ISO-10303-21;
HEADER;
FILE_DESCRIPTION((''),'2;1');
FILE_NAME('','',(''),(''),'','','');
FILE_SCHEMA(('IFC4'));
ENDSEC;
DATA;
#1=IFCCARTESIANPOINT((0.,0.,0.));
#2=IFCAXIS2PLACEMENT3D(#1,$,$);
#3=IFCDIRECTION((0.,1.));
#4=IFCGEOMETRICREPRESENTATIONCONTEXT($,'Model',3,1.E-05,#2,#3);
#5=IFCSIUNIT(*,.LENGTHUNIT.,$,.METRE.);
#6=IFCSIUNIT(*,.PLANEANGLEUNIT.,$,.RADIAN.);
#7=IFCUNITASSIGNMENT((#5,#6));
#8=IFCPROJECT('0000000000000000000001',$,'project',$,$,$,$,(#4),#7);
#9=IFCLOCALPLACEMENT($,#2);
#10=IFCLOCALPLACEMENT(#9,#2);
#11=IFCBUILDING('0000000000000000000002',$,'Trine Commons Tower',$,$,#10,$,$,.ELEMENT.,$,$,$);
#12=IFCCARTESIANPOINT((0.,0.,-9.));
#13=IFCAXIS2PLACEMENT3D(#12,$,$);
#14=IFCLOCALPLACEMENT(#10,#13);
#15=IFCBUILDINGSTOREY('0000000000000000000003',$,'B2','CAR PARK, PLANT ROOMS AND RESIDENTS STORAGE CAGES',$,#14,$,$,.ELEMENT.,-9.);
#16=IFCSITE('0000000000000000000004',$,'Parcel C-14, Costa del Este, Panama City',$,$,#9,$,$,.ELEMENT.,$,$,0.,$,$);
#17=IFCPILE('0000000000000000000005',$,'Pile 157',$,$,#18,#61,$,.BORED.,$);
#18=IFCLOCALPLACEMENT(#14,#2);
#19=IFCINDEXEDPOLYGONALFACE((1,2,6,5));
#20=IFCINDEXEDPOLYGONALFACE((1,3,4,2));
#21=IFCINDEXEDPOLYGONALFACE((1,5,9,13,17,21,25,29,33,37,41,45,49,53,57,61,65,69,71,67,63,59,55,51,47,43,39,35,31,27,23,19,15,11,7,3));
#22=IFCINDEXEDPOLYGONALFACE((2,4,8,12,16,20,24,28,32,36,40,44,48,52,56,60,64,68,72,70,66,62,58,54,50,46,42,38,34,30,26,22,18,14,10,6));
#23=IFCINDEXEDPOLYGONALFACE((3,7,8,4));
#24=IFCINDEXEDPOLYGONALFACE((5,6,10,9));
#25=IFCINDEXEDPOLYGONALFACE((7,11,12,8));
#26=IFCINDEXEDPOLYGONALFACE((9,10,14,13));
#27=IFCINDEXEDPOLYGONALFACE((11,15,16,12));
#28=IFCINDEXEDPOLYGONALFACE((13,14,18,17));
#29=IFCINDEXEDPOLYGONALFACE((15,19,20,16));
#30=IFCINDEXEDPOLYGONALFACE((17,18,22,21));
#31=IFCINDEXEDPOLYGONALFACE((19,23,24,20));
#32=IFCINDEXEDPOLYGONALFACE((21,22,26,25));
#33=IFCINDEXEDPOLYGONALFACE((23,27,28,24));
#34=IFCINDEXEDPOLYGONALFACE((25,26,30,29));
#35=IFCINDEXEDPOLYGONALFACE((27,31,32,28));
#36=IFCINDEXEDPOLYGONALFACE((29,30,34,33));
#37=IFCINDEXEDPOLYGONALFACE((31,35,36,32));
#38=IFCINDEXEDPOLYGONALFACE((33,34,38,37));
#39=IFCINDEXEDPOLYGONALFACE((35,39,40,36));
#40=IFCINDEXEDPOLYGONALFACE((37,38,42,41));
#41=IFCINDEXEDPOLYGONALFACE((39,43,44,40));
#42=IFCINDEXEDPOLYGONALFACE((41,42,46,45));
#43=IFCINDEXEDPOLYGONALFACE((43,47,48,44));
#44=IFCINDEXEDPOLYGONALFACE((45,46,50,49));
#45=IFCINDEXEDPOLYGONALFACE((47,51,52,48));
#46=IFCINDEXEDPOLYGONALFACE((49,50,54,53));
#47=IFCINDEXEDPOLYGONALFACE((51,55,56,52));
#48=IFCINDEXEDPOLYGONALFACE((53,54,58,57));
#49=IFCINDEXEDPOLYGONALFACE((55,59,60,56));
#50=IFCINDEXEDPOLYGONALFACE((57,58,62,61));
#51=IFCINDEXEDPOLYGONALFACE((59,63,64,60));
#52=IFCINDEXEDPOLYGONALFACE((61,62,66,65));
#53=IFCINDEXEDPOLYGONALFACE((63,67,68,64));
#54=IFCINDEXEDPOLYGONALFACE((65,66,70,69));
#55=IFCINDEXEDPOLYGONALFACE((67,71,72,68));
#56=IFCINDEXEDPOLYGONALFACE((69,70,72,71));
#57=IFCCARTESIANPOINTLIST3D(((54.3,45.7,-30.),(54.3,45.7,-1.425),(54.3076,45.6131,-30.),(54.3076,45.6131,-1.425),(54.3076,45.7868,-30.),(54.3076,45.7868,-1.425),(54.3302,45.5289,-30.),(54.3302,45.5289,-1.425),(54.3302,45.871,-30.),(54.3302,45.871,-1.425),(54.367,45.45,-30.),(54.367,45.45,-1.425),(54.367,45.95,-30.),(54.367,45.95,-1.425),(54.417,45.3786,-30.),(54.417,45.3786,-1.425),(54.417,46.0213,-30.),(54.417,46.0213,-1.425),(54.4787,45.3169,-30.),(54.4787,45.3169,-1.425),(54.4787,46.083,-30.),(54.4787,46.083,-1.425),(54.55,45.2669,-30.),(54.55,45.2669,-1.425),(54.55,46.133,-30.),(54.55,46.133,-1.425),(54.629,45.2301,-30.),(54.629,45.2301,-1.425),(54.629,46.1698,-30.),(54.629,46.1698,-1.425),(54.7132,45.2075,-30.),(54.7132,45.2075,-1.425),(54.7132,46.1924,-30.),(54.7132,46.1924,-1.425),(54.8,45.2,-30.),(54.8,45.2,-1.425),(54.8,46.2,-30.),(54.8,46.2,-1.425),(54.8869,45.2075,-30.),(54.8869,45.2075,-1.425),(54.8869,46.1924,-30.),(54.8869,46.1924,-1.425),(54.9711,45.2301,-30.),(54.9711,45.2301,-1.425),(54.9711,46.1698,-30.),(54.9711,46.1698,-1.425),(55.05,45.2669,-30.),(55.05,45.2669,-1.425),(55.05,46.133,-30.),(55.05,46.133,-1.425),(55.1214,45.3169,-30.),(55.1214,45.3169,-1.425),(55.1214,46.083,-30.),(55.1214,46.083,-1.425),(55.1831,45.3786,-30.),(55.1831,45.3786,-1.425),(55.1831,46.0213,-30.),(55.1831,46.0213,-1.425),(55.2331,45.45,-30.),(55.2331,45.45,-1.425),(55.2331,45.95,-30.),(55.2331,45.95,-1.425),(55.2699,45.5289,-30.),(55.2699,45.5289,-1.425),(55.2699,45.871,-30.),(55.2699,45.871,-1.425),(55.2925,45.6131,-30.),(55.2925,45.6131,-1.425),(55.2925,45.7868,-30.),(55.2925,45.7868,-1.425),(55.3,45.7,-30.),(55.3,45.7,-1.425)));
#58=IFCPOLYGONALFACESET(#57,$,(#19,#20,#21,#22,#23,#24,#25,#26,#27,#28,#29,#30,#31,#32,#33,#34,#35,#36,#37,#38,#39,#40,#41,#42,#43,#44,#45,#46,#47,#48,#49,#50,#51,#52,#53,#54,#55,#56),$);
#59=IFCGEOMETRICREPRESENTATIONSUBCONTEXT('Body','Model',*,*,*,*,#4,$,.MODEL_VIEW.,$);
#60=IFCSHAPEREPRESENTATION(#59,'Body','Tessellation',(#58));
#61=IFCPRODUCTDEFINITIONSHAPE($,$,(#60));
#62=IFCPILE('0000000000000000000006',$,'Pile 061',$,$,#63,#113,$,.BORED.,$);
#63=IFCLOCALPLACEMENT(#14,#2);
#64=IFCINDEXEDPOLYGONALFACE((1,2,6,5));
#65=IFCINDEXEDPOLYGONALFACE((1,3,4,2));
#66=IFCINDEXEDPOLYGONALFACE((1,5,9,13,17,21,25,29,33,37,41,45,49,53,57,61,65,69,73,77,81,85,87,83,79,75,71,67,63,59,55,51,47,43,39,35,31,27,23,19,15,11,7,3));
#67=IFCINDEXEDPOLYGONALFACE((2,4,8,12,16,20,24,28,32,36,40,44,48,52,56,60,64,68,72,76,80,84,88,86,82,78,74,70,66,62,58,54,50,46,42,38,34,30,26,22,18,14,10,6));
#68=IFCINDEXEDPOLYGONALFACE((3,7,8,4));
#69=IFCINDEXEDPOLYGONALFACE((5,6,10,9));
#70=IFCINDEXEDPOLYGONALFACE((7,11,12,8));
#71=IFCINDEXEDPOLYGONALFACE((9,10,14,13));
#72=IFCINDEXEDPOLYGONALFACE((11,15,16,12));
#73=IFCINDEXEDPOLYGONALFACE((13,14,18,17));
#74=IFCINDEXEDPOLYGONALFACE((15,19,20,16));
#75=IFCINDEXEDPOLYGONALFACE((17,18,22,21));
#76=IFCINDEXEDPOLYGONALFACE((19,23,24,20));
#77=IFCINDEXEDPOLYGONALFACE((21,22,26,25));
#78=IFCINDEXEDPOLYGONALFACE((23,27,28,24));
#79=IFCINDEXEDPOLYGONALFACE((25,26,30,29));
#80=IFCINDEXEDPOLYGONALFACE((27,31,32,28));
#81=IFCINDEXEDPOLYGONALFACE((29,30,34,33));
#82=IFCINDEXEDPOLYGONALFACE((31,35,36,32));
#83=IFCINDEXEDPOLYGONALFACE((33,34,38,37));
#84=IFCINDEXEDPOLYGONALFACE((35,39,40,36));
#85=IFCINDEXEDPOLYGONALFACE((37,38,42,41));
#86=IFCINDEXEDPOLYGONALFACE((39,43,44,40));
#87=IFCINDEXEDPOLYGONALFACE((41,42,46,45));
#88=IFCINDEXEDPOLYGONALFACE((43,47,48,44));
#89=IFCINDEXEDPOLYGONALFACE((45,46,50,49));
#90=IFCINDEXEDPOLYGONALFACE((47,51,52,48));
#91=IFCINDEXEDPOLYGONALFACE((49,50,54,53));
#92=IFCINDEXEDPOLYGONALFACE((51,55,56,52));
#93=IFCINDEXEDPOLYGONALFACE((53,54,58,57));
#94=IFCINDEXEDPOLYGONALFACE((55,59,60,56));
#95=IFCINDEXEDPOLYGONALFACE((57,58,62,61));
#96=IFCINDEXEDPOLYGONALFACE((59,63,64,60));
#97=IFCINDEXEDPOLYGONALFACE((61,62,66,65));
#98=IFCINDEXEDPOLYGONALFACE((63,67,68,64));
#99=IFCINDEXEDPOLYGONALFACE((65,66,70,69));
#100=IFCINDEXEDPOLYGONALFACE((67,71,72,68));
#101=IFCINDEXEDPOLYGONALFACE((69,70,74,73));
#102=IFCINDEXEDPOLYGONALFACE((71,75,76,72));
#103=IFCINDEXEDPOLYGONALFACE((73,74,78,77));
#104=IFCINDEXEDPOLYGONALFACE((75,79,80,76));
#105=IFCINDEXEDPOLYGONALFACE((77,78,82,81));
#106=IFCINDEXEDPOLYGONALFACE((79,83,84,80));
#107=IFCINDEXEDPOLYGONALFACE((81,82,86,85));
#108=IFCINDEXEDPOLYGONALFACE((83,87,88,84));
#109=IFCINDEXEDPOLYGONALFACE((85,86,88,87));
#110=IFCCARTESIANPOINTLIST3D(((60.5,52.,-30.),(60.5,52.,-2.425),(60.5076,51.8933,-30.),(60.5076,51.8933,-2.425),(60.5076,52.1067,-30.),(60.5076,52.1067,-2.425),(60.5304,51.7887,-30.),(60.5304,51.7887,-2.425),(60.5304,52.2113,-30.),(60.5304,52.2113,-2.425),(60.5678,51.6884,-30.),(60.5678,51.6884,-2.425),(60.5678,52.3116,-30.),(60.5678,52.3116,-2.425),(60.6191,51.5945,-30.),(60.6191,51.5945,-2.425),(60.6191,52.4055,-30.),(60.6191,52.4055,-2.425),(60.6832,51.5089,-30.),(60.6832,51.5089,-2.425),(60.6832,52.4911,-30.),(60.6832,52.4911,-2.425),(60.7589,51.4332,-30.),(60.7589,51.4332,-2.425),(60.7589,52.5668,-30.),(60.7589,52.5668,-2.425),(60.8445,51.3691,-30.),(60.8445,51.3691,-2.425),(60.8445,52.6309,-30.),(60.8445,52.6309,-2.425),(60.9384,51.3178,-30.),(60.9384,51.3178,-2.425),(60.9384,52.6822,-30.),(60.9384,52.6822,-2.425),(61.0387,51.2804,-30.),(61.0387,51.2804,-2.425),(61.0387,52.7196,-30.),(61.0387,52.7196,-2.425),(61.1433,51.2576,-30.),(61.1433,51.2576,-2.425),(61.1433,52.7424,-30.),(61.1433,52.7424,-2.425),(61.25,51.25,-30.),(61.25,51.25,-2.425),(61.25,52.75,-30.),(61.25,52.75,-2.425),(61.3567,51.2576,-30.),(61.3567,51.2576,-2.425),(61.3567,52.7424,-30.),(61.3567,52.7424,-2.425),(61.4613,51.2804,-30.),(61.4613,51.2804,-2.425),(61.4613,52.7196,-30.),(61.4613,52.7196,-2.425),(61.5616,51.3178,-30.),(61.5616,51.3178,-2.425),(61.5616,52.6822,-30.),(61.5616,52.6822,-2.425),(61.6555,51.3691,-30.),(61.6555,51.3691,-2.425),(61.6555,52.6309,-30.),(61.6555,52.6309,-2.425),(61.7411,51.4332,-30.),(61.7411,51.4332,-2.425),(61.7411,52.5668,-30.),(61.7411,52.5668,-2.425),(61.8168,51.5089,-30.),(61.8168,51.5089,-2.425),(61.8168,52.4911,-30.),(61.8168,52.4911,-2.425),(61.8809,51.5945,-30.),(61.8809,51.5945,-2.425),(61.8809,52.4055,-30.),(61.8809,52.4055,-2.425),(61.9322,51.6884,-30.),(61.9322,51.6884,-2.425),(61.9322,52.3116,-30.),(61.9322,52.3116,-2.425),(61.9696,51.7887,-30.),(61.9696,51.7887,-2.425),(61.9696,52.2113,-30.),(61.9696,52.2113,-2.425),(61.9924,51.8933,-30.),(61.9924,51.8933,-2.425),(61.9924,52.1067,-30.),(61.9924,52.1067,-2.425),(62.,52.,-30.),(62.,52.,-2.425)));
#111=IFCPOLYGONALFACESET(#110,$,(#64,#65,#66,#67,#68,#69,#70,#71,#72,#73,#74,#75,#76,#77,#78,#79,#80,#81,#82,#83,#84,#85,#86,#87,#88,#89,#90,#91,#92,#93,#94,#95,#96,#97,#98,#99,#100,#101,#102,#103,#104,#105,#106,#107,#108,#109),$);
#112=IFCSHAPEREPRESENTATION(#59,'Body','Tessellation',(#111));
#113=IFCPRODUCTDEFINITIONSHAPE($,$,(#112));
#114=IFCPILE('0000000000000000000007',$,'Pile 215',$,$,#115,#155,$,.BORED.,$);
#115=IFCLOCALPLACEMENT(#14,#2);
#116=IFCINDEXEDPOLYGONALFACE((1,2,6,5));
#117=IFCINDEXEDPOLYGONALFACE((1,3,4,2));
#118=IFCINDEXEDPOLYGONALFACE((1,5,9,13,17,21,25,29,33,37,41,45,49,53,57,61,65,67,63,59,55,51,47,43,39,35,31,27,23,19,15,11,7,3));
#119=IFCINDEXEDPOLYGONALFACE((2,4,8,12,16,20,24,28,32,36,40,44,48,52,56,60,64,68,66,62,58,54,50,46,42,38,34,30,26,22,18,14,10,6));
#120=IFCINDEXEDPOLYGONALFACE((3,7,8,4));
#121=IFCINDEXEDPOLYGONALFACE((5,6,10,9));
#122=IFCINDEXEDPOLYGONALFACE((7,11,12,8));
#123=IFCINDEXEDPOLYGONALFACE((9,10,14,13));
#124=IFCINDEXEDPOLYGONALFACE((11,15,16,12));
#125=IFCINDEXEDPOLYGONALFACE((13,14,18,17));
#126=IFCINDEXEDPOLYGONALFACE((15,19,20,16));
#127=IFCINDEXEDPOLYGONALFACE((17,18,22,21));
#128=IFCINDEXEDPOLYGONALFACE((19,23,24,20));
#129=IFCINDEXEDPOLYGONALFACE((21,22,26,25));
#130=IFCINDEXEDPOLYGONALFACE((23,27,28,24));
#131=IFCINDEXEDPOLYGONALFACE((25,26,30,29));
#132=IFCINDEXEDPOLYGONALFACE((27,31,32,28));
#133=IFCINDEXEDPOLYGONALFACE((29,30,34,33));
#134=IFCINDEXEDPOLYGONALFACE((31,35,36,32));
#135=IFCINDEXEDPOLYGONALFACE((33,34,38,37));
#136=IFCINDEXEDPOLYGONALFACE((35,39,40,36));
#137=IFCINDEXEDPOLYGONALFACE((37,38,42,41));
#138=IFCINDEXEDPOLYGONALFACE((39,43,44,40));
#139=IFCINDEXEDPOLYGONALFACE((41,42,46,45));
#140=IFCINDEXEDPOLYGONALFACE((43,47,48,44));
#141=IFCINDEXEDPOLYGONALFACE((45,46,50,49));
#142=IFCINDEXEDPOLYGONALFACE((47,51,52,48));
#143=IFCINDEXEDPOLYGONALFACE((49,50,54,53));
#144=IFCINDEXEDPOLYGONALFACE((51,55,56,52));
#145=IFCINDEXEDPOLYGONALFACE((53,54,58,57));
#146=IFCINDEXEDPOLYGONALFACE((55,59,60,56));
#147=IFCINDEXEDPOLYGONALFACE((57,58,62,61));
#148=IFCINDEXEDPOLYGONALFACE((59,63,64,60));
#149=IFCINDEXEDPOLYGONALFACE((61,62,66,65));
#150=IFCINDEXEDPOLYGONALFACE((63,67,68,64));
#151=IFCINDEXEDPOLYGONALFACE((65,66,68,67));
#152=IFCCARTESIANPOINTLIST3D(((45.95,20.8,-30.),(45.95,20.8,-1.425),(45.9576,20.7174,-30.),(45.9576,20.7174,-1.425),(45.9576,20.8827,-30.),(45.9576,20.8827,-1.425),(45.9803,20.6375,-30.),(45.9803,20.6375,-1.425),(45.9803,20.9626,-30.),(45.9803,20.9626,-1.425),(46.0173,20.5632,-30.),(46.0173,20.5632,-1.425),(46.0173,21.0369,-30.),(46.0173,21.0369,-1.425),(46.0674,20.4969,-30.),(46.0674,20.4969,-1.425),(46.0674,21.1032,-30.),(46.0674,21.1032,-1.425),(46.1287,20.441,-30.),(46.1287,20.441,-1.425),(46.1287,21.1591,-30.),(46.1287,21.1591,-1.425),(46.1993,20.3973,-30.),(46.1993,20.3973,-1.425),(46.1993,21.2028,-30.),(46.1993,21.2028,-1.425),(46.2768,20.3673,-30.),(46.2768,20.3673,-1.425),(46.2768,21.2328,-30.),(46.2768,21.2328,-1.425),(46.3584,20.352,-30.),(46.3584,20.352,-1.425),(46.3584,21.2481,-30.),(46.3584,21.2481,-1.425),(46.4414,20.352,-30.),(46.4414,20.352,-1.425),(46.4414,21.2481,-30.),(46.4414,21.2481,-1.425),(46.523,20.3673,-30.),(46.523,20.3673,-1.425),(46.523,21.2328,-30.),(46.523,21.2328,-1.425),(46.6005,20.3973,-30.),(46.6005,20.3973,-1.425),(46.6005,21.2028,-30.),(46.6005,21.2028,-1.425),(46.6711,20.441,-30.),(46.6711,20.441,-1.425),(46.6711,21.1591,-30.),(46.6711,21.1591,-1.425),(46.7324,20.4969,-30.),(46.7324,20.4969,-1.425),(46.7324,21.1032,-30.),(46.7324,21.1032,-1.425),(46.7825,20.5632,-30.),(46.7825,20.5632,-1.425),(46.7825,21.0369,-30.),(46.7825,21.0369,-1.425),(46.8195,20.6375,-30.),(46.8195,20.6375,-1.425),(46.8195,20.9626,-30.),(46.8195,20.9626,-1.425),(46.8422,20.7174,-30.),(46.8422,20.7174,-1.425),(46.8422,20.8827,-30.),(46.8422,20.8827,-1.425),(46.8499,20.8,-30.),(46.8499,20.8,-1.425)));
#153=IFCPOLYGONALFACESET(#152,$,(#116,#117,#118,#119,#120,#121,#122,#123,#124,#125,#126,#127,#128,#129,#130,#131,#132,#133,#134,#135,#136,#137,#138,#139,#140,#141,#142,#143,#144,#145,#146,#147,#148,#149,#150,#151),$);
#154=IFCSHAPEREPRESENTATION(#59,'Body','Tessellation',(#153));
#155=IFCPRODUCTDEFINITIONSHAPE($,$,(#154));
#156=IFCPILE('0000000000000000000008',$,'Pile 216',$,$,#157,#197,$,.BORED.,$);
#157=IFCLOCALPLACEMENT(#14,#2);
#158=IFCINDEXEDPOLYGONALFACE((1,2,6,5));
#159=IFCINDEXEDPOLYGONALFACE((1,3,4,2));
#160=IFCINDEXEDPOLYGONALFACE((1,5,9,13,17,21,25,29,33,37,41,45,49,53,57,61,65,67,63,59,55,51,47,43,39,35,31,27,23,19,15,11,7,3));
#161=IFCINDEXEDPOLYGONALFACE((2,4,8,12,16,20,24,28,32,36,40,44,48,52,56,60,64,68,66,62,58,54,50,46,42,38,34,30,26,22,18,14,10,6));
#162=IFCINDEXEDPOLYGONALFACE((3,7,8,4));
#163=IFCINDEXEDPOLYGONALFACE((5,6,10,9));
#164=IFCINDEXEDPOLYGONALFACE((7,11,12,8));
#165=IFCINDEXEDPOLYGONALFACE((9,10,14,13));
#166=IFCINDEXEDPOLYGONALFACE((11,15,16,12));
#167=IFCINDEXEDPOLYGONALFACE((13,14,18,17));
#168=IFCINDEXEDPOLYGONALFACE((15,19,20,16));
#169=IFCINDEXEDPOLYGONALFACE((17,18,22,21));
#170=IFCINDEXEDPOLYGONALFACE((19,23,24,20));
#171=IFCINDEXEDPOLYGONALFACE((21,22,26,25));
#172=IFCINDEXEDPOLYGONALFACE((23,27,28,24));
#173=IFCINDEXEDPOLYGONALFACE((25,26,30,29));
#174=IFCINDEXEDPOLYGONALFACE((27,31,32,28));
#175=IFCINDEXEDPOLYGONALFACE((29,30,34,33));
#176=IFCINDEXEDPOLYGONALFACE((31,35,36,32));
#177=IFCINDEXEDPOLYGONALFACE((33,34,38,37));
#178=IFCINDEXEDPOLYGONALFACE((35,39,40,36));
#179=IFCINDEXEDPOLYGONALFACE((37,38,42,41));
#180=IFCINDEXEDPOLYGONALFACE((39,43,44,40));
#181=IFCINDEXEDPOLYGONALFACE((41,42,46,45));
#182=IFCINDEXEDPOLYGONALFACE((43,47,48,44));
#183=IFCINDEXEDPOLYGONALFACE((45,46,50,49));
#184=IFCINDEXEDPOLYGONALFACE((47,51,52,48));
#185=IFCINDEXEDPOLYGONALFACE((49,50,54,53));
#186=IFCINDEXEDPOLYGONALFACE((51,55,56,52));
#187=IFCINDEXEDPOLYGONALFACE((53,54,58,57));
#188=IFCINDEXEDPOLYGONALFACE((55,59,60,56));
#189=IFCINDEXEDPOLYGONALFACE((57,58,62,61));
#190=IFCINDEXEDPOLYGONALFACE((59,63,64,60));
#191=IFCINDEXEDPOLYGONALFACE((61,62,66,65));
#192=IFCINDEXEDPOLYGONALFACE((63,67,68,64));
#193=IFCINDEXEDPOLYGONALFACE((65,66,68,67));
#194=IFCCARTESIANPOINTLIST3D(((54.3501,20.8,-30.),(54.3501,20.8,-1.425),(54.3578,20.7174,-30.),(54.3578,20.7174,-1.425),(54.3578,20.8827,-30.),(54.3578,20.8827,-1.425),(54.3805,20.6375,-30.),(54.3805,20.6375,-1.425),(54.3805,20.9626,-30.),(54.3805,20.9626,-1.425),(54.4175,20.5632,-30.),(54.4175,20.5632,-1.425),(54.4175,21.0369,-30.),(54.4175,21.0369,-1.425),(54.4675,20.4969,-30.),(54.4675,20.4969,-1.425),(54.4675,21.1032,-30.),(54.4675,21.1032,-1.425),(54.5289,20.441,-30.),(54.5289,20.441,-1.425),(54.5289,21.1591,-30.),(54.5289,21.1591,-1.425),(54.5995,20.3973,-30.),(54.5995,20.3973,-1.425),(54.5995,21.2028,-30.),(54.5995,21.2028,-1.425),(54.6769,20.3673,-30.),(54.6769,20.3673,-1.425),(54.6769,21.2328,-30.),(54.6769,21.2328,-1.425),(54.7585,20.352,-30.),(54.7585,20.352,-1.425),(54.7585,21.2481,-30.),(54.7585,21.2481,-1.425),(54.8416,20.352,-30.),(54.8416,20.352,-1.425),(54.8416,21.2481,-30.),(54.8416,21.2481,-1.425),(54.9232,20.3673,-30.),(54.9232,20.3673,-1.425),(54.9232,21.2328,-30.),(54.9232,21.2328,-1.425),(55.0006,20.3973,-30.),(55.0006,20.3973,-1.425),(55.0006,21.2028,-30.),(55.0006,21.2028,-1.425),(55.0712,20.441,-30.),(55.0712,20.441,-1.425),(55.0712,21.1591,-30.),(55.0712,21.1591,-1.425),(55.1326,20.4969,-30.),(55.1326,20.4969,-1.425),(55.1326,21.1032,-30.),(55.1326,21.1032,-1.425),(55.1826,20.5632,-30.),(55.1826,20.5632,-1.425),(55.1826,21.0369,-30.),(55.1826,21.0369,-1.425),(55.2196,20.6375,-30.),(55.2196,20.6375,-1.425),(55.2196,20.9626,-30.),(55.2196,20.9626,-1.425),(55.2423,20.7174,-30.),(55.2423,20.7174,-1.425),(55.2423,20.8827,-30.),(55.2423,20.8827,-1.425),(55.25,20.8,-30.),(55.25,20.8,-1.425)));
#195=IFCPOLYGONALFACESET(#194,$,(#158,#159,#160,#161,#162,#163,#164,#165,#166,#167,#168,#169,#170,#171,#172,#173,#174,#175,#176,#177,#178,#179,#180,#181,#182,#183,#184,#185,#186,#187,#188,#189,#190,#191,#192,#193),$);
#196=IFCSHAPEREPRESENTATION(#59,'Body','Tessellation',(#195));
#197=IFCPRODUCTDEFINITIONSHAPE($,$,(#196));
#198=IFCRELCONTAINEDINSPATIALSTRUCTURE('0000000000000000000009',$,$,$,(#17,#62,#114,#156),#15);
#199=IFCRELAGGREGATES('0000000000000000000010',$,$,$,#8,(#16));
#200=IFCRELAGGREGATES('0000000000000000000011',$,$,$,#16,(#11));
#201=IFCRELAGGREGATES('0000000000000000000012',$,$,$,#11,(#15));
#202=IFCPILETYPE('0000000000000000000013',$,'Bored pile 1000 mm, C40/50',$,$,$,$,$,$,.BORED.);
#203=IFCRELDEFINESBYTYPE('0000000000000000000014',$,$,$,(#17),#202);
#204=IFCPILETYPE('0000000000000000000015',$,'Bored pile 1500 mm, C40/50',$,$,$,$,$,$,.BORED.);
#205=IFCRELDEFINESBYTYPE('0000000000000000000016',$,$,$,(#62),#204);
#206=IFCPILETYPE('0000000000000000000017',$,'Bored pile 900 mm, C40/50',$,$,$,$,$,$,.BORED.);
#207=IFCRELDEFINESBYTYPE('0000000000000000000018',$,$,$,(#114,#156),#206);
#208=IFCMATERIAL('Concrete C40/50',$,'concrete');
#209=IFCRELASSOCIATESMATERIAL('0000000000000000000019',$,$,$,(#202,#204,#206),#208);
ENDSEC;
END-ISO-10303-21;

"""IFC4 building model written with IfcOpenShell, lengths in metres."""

from ifc_helpers import new_model, si_unit, direction, frame, origin, origin_2d, place, context, subcontext, project, spatial, circle, extrude, material, type_object, element, save


model = new_model("IFC4")

# Units and contexts
model_context = context("Model", 3, precision=1e-05, world=origin(), true_north=direction((0.0, 1.0)))
body_context = subcontext(model_context, "Body", "Model", "MODEL_VIEW")
ifc_project = project(units=[si_unit("LENGTHUNIT", "METRE"), si_unit("PLANEANGLEUNIT", "RADIAN")], contexts=[model_context])

# Site, building, storey
site_placement = place(None, origin())
site = spatial("IfcSite", under=ifc_project, at=site_placement, Name="Parcel C-14, Costa del Este, Panama City", CompositionType="ELEMENT", RefElevation=0.0)
building_placement = place(site_placement, origin())
building = spatial("IfcBuilding", under=site, at=building_placement, Name="Trine Commons Tower", CompositionType="ELEMENT")
storey_placement = place(building_placement, frame((0.0, 0.0, -9.0)))
storey = spatial("IfcBuildingStorey", under=building, at=storey_placement, Name="B2", Description="CAR PARK, PLANT ROOMS AND RESIDENTS STORAGE CAGES", CompositionType="ELEMENT", Elevation=-9.0)

# Piles
ifc_material_1 = material(Name="Concrete C40/50", Category="concrete")
pile_type_1 = type_object("IfcPileType", Name="Bored pile 1000 mm, C40/50", PredefinedType="BORED", material=ifc_material_1)
for number, where, z_axis, x_axis, name in (
    (1, (54.8, 45.7, -1.425), (0.0, 0.0, -1.0), (1.0, 0.0, 0.0), "Pile 157"),
):
    element("IfcPile", number, at=place(storey_placement, frame(where, z_axis=z_axis, x_axis=x_axis)), inside=storey, type_object=pile_type_1, Name=name, PredefinedType="BORED", context=body_context, shape_type="SweptSolid", body=[
        extrude(circle(Radius=0.5, at=origin_2d()), origin(), (0.0, 0.0, 1.0), 28.575),
    ])
pile_type_2 = type_object("IfcPileType", Name="Bored pile 1500 mm, C40/50", PredefinedType="BORED", material=ifc_material_1)
pile_placement = place(storey_placement, frame((61.25, 52.0, -2.425), z_axis=(0.0, 0.0, -1.0), x_axis=(1.0, 0.0, 0.0)))
element("IfcPile", 2, at=pile_placement, inside=storey, type_object=pile_type_2, Name="Pile 061", PredefinedType="BORED", context=body_context, shape_type="SweptSolid", body=[
    extrude(circle(Radius=0.75, at=origin_2d()), origin(), (0.0, 0.0, 1.0), 27.575),
])
pile_type_3 = type_object("IfcPileType", Name="Bored pile 900 mm, C40/50", PredefinedType="BORED", material=ifc_material_1)
for number, where, z_axis, x_axis, name in (
    (3, (46.3999, 20.8, -1.425), (0.0, 0.0, -1.0), (1.0, 0.0, 0.0), "Pile 215"),
    (4, (54.8, 20.8, -1.425), (0.0, 0.0, -1.0), (1.0, 0.0, 0.0), "Pile 216"),
):
    element("IfcPile", number, at=place(storey_placement, frame(where, z_axis=z_axis, x_axis=x_axis)), inside=storey, type_object=pile_type_3, Name=name, PredefinedType="BORED", context=body_context, shape_type="SweptSolid", body=[
        extrude(circle(Radius=0.45, at=origin_2d()), origin(), (0.0, 0.0, 1.0), 28.575),
    ])

save(model, "model.ifc")
